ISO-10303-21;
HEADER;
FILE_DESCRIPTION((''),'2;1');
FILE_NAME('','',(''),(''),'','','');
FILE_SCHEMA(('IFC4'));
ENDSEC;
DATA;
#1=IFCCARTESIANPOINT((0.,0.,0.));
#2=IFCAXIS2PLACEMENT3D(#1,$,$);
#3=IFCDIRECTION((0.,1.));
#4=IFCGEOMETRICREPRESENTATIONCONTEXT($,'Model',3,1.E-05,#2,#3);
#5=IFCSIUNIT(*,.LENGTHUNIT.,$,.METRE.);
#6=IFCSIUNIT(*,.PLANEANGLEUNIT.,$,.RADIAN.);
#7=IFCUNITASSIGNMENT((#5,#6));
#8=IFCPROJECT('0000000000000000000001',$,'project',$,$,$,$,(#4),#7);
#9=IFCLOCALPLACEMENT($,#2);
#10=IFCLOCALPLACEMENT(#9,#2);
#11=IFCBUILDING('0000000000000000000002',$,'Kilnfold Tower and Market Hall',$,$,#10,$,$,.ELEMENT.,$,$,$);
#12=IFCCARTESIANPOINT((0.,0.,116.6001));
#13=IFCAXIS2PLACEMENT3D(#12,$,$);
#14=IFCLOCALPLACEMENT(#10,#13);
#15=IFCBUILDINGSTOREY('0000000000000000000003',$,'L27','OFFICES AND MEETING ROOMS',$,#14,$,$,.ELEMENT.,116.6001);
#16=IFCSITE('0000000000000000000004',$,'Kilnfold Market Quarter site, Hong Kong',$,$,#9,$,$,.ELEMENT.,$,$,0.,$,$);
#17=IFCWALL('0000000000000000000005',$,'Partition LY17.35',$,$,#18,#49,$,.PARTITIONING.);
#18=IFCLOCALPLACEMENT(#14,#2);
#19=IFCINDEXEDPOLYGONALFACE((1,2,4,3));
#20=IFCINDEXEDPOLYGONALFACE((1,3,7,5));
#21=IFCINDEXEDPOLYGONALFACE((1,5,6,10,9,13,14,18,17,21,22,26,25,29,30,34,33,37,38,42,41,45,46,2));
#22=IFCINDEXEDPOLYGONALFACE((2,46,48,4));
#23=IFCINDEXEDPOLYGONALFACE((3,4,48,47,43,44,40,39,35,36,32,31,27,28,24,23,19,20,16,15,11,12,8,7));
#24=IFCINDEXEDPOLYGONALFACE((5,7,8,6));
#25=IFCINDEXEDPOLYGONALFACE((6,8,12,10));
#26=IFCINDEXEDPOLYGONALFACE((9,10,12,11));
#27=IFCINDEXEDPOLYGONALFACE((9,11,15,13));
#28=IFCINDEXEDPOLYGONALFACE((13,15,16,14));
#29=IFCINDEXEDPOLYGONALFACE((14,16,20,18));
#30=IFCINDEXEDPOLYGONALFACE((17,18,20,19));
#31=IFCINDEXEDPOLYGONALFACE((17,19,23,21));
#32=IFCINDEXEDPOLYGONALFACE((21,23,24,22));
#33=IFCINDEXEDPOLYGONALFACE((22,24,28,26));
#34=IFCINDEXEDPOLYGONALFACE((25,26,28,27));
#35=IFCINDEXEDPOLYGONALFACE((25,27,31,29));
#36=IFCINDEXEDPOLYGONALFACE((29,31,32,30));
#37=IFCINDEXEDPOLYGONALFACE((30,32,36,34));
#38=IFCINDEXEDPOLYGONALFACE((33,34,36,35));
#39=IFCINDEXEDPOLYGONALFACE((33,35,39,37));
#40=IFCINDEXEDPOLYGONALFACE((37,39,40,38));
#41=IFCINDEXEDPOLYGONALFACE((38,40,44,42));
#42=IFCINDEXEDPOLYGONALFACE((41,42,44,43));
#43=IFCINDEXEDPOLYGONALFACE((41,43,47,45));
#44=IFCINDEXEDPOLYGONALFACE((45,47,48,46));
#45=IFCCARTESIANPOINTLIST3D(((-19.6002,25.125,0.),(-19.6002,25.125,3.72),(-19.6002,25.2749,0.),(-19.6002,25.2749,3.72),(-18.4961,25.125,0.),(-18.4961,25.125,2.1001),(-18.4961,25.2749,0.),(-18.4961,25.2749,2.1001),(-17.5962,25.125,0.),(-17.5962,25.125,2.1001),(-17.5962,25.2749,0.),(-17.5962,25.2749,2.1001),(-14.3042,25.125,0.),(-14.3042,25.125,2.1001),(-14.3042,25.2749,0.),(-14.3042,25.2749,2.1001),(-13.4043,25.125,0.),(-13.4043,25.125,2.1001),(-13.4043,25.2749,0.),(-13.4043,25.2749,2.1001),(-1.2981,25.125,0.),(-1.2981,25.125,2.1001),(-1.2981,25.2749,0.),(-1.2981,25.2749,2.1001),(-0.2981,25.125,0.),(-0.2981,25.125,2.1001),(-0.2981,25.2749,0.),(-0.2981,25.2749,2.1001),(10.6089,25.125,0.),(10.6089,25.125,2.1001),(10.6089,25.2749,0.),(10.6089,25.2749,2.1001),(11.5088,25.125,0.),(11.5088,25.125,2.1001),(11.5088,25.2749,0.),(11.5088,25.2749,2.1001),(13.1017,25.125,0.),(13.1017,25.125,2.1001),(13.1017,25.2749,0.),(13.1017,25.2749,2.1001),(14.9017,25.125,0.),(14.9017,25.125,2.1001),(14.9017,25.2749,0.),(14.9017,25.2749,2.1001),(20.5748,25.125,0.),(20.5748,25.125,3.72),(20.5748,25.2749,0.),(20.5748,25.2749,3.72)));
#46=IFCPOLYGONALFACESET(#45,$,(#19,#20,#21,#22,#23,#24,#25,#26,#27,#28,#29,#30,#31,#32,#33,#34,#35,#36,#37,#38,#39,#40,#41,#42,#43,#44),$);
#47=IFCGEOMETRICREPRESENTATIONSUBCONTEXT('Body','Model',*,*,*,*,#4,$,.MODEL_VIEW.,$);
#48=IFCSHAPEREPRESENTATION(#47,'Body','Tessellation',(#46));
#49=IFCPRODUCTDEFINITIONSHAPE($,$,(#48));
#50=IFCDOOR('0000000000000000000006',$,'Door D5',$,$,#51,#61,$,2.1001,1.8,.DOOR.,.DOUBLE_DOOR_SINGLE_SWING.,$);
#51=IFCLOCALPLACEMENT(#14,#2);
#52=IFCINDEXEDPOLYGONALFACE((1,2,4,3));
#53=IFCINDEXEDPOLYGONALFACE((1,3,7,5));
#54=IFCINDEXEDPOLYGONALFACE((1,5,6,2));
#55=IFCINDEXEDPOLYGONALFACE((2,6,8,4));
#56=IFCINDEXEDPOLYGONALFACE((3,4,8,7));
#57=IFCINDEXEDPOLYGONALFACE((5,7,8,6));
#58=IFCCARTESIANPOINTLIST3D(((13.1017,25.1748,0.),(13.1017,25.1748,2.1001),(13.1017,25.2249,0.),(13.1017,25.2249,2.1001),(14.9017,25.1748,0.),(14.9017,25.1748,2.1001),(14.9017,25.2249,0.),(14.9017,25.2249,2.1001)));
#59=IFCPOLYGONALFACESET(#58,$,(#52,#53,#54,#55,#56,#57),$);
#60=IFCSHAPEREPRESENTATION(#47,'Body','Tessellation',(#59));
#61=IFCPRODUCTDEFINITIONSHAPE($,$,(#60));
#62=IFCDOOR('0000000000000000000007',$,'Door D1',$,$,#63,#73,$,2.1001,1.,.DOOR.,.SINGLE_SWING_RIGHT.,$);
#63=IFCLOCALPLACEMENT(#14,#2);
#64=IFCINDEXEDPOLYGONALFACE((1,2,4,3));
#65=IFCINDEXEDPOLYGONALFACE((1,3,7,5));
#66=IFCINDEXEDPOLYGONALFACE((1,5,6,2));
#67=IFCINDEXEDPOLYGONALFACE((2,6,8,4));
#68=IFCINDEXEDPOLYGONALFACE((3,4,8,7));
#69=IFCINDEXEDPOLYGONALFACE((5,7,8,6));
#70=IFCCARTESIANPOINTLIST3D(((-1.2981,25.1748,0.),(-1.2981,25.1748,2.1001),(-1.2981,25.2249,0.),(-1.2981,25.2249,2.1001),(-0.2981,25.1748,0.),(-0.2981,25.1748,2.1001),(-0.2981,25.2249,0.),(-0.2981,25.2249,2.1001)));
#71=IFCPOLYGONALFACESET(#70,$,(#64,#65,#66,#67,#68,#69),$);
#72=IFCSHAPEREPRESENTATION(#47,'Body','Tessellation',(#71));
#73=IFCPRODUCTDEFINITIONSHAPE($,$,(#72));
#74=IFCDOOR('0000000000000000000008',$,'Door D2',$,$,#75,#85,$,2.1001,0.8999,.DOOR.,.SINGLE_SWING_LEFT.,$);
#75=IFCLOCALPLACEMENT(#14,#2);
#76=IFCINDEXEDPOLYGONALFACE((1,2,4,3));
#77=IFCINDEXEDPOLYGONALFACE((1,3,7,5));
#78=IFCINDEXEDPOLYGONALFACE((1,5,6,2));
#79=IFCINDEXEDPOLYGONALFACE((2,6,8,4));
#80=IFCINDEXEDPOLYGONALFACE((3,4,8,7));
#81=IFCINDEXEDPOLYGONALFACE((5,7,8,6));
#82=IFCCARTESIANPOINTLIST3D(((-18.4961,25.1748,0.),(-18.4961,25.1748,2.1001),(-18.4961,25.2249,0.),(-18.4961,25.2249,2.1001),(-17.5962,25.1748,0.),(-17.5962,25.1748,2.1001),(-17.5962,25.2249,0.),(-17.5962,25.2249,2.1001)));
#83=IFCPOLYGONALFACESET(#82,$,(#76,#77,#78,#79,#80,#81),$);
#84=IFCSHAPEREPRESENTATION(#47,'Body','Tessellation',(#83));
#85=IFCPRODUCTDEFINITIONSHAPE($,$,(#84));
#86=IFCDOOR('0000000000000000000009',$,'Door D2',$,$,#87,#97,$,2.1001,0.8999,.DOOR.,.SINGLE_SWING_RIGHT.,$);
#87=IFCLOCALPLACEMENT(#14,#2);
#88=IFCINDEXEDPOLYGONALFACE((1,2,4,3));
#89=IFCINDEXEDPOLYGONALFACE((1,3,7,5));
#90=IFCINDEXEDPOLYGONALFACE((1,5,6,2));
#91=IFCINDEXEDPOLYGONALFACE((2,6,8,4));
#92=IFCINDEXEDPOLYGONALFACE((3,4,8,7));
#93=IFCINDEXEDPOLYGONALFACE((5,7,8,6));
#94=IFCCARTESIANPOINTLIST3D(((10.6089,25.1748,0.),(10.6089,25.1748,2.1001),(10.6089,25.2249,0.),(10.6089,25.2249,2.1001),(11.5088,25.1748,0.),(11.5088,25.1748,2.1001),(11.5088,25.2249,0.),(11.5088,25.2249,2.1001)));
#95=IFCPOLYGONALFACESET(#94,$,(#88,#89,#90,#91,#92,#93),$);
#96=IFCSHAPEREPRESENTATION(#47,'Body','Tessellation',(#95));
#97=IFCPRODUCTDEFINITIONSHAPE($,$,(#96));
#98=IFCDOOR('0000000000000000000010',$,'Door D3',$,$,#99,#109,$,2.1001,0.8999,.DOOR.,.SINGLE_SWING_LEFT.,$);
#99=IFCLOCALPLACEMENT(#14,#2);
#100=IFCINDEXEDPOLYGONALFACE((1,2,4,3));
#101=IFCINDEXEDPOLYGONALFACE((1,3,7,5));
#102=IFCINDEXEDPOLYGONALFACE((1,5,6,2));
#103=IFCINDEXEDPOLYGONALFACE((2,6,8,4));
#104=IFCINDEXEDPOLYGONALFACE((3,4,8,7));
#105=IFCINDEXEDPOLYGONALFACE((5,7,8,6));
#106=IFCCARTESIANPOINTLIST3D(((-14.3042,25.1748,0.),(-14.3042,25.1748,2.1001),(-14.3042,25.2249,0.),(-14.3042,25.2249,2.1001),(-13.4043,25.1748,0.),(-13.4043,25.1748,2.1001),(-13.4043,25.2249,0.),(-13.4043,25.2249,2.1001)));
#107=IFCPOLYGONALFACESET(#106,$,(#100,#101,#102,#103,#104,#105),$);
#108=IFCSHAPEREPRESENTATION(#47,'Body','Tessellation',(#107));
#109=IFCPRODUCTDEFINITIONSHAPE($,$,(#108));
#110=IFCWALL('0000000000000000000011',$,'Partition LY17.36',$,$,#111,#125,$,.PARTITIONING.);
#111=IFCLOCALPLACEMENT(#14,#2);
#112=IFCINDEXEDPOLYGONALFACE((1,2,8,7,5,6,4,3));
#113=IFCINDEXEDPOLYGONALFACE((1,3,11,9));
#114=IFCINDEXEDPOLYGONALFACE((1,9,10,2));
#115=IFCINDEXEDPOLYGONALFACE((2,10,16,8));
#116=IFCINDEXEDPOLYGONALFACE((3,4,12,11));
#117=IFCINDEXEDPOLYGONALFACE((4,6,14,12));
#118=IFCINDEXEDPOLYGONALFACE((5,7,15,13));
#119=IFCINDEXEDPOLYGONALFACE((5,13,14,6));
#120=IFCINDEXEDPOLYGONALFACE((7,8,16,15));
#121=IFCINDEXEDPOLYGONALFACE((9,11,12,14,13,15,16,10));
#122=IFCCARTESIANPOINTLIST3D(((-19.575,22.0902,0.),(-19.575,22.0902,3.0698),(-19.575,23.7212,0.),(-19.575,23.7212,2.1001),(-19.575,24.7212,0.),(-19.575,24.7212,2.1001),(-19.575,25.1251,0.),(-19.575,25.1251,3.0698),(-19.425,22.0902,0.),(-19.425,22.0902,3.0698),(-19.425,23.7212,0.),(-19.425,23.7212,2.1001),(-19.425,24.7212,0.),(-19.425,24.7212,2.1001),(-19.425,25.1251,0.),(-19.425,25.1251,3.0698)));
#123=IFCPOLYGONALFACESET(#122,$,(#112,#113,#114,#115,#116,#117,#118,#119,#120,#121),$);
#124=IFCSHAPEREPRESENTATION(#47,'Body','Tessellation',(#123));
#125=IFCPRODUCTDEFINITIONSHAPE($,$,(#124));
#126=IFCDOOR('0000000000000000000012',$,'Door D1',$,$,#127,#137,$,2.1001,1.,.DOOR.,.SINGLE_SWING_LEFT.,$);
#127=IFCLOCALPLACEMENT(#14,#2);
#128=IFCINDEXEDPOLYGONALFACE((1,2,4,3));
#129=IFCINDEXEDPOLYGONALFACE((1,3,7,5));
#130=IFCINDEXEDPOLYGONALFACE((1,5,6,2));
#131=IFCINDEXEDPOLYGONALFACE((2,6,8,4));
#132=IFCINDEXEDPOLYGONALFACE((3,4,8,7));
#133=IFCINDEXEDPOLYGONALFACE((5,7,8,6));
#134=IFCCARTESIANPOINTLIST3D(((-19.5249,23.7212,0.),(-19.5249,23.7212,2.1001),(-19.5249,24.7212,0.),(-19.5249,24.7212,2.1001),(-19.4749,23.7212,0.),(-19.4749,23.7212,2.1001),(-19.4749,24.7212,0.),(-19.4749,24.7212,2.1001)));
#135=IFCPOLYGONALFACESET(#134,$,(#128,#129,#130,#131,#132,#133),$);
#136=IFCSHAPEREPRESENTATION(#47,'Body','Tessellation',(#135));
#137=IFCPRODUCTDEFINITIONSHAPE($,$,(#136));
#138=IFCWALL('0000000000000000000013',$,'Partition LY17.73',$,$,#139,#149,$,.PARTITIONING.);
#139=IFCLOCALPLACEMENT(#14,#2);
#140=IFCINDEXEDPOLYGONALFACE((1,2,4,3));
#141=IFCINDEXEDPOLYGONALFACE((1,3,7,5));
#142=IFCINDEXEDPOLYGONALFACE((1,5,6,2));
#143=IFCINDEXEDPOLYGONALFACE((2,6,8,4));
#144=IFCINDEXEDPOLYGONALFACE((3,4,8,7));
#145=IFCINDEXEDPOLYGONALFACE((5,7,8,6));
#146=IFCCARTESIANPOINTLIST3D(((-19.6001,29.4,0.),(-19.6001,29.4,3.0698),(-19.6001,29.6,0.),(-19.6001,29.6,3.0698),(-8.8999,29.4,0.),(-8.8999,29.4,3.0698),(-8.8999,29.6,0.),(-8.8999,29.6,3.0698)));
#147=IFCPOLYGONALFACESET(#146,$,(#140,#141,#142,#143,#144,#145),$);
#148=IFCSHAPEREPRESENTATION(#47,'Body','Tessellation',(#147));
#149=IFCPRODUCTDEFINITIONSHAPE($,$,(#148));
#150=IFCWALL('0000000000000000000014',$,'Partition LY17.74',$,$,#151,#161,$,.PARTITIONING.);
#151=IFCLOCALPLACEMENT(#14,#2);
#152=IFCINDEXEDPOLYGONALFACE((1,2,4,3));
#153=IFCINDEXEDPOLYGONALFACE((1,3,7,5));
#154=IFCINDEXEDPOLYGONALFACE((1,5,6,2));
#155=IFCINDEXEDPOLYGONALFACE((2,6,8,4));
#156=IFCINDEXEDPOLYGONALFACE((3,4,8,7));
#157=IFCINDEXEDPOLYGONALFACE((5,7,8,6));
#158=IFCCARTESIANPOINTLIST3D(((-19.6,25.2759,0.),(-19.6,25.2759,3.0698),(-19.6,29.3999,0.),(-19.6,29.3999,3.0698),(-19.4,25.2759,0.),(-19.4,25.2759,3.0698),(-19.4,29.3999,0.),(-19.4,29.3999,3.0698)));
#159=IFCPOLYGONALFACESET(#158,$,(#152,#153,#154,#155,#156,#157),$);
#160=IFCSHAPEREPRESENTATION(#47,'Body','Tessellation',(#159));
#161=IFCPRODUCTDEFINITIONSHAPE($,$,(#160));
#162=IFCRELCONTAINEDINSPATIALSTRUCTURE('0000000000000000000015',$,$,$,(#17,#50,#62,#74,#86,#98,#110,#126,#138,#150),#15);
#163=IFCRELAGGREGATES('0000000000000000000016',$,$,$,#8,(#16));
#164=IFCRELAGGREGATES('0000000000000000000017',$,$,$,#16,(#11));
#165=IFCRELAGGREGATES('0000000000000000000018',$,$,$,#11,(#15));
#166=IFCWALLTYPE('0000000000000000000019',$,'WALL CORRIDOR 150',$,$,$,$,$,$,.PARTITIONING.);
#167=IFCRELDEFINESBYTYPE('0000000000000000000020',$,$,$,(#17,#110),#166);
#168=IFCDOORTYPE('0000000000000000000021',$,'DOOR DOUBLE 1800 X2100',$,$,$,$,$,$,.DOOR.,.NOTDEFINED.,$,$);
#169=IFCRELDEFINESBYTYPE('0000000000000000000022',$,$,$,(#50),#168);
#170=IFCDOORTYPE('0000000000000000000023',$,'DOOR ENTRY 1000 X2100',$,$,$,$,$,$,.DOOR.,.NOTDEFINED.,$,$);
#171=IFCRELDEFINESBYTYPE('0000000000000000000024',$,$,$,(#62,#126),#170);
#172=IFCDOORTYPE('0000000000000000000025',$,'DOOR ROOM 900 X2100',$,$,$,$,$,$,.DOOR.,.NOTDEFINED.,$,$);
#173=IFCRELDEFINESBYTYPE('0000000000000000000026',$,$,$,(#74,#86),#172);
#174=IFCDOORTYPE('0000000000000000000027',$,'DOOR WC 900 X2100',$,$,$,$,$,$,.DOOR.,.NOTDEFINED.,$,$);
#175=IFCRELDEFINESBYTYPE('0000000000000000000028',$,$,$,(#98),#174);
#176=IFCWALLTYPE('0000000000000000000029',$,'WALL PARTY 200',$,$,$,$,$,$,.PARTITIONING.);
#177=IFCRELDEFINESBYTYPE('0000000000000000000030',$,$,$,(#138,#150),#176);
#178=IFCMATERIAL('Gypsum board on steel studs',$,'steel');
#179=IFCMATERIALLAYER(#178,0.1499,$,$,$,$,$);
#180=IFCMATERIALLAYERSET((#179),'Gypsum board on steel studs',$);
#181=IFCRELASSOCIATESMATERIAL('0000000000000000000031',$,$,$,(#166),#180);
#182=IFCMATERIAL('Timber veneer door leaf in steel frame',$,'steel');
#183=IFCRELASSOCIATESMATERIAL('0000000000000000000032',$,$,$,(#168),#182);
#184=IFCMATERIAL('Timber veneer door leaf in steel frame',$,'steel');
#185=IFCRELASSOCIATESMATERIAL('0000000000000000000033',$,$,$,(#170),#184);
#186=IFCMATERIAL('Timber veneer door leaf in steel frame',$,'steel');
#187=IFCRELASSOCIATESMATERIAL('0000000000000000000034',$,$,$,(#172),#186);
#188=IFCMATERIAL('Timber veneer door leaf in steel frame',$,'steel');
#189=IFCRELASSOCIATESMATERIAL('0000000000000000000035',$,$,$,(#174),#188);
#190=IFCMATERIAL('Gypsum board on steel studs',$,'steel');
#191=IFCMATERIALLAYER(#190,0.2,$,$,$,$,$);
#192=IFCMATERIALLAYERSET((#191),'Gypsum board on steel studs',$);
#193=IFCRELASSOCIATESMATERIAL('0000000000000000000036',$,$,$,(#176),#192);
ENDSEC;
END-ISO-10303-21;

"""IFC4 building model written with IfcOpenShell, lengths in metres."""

from ifc_helpers import new_model, si_unit, direction, frame, frame_2d, origin, place, context, subcontext, project, spatial, rectangle, extrude, material, layer, layer_set, type_object, element, fill, save


model = new_model("IFC4")

# Units and contexts
model_context = context("Model", 3, precision=1e-05, world=origin(), true_north=direction((0.0, 1.0)))
body_context = subcontext(model_context, "Body", "Model", "MODEL_VIEW")
ifc_project = project(units=[si_unit("LENGTHUNIT", "METRE"), si_unit("PLANEANGLEUNIT", "RADIAN")], contexts=[model_context])

# Site, building, storey
site_placement = place(None, origin())
site = spatial("IfcSite", under=ifc_project, at=site_placement, Name="Kilnfold Market Quarter site, Hong Kong", CompositionType="ELEMENT", RefElevation=0.0)
building_placement = place(site_placement, origin())
building = spatial("IfcBuilding", under=site, at=building_placement, Name="Kilnfold Tower and Market Hall", CompositionType="ELEMENT")
storey_placement = place(building_placement, frame((0.0, 0.0, 116.6001)))
storey = spatial("IfcBuildingStorey", under=building, at=storey_placement, Name="L27", Description="OFFICES AND MEETING ROOMS", CompositionType="ELEMENT", Elevation=116.6001)

# Wall, openings, doors
ifc_material_1 = material(Name="Gypsum board on steel studs", Category="steel")
ifc_layer_1 = layer(ifc_material_1, 0.1499)
ifc_layer_set_1 = layer_set([ifc_layer_1], Name="Gypsum board on steel studs")
wall_type_1 = type_object("IfcWallType", Name="WALL CORRIDOR 150", PredefinedType="PARTITIONING", material=ifc_layer_set_1)
wall_1_placement = place(storey_placement, frame((-19.6001, 25.2, 0.0), z_axis=(0.0, 0.0, 1.0), x_axis=(1.0, 0.0, 0.0)))
wall_1 = element("IfcWall", 1, at=wall_1_placement, inside=storey, type_object=wall_type_1, Name="Partition LY17.35", PredefinedType="PARTITIONING", context=body_context, shape_type="SweptSolid", body=[
    extrude(rectangle(XDim=40.175, YDim=0.1499, at=frame_2d((20.0874, 0.0))), origin(), (0.0, 0.0, 1.0), 3.72),
])
opening_1_placement = place(wall_1_placement, frame((1.104, 0.0, 0.0)))
opening_1 = element("IfcOpeningElement", 2, at=opening_1_placement, cuts=wall_1, PredefinedType="OPENING", context=body_context, shape_type="SweptSolid", body=[
    extrude(rectangle(XDim=0.8999, YDim=2.1001, at=frame_2d((0.45, 1.05))), frame((0.0, 0.085, 0.0), z_axis=(0.0, -1.0, 0.0), x_axis=(1.0, 0.0, 0.0)), (0.0, 0.0, 1.0), 0.1699),
])
opening_2_placement = place(wall_1_placement, frame((5.2959, 0.0, 0.0)))
opening_2 = element("IfcOpeningElement", 3, at=opening_2_placement, cuts=wall_1, PredefinedType="OPENING", context=body_context, shape_type="SweptSolid", body=[
    extrude(rectangle(XDim=0.8999, YDim=2.1001, at=frame_2d((0.45, 1.05))), frame((0.0, 0.085, 0.0), z_axis=(0.0, -1.0, 0.0), x_axis=(1.0, 0.0, 0.0)), (0.0, 0.0, 1.0), 0.1699),
])
opening_3_placement = place(wall_1_placement, frame((18.302, 0.0, 0.0)))
opening_3 = element("IfcOpeningElement", 4, at=opening_3_placement, cuts=wall_1, PredefinedType="OPENING", context=body_context, shape_type="SweptSolid", body=[
    extrude(rectangle(XDim=1.0, YDim=2.1001, at=frame_2d((0.5, 1.05))), frame((0.0, 0.085, 0.0), z_axis=(0.0, -1.0, 0.0), x_axis=(1.0, 0.0, 0.0)), (0.0, 0.0, 1.0), 0.1699),
])
opening_4_placement = place(wall_1_placement, frame((30.209, 0.0, 0.0)))
opening_4 = element("IfcOpeningElement", 5, at=opening_4_placement, cuts=wall_1, PredefinedType="OPENING", context=body_context, shape_type="SweptSolid", body=[
    extrude(rectangle(XDim=0.8999, YDim=2.1001, at=frame_2d((0.45, 1.05))), frame((0.0, 0.085, 0.0), z_axis=(0.0, -1.0, 0.0), x_axis=(1.0, 0.0, 0.0)), (0.0, 0.0, 1.0), 0.1699),
])
opening_5_placement = place(wall_1_placement, frame((32.7019, 0.0, 0.0)))
opening_5 = element("IfcOpeningElement", 6, at=opening_5_placement, cuts=wall_1, PredefinedType="OPENING", context=body_context, shape_type="SweptSolid", body=[
    extrude(rectangle(XDim=1.8, YDim=2.1001, at=frame_2d((0.8999, 1.05))), frame((0.0, 0.085, 0.0), z_axis=(0.0, -1.0, 0.0), x_axis=(1.0, 0.0, 0.0)), (0.0, 0.0, 1.0), 0.1699),
])
ifc_material_2 = material(Name="Timber veneer door leaf in steel frame", Category="steel")
door_type_1 = type_object("IfcDoorType", Name="DOOR DOUBLE 1800 X2100", OperationType="NOTDEFINED", PredefinedType="DOOR", material=ifc_material_2)
door_1_placement = place(opening_5_placement, origin())
door_1 = element("IfcDoor", 7, at=door_1_placement, inside=storey, type_object=door_type_1, Name="Door D5", OperationType="DOUBLE_DOOR_SINGLE_SWING", OverallHeight=2.1001, OverallWidth=1.8, PredefinedType="DOOR", context=body_context, shape_type="SweptSolid", body=[
    extrude(rectangle(XDim=1.8, YDim=2.1001, at=frame_2d((0.8999, 1.05))), frame((0.0, 0.0249, 0.0), z_axis=(0.0, -1.0, 0.0), x_axis=(1.0, 0.0, 0.0)), (0.0, 0.0, 1.0), 0.05),
])
fill(opening_5, door_1)
ifc_material_3 = material(Name="Timber veneer door leaf in steel frame", Category="steel")
door_type_2 = type_object("IfcDoorType", Name="DOOR ENTRY 1000 X2100", OperationType="NOTDEFINED", PredefinedType="DOOR", material=ifc_material_3)
door_2_placement = place(opening_3_placement, origin())
door_2 = element("IfcDoor", 8, at=door_2_placement, inside=storey, type_object=door_type_2, Name="Door D1", OperationType="SINGLE_SWING_RIGHT", OverallHeight=2.1001, OverallWidth=1.0, PredefinedType="DOOR", context=body_context, shape_type="SweptSolid", body=[
    extrude(rectangle(XDim=1.0, YDim=2.1001, at=frame_2d((0.5, 1.05))), frame((0.0, 0.0249, 0.0), z_axis=(0.0, -1.0, 0.0), x_axis=(1.0, 0.0, 0.0)), (0.0, 0.0, 1.0), 0.05),
])
fill(opening_3, door_2)
ifc_material_4 = material(Name="Timber veneer door leaf in steel frame", Category="steel")
door_type_3 = type_object("IfcDoorType", Name="DOOR ROOM 900 X2100", OperationType="NOTDEFINED", PredefinedType="DOOR", material=ifc_material_4)
door_3_placement = place(opening_1_placement, origin())
door_3 = element("IfcDoor", 9, at=door_3_placement, inside=storey, type_object=door_type_3, Name="Door D2", OperationType="SINGLE_SWING_LEFT", OverallHeight=2.1001, OverallWidth=0.8999, PredefinedType="DOOR", context=body_context, shape_type="SweptSolid", body=[
    extrude(rectangle(XDim=0.8999, YDim=2.1001, at=frame_2d((0.45, 1.05))), frame((0.0, 0.0249, 0.0), z_axis=(0.0, -1.0, 0.0), x_axis=(1.0, 0.0, 0.0)), (0.0, 0.0, 1.0), 0.05),
])
fill(opening_1, door_3)
door_4_placement = place(opening_4_placement, origin())
door_4 = element("IfcDoor", 10, at=door_4_placement, inside=storey, type_object=door_type_3, Name="Door D2", OperationType="SINGLE_SWING_RIGHT", OverallHeight=2.1001, OverallWidth=0.8999, PredefinedType="DOOR", context=body_context, shape_type="SweptSolid", body=[
    extrude(rectangle(XDim=0.8999, YDim=2.1001, at=frame_2d((0.45, 1.05))), frame((0.0, 0.0249, 0.0), z_axis=(0.0, -1.0, 0.0), x_axis=(1.0, 0.0, 0.0)), (0.0, 0.0, 1.0), 0.05),
])
fill(opening_4, door_4)
ifc_material_5 = material(Name="Timber veneer door leaf in steel frame", Category="steel")
door_type_4 = type_object("IfcDoorType", Name="DOOR WC 900 X2100", OperationType="NOTDEFINED", PredefinedType="DOOR", material=ifc_material_5)
door_5_placement = place(opening_2_placement, origin())
door_5 = element("IfcDoor", 11, at=door_5_placement, inside=storey, type_object=door_type_4, Name="Door D3", OperationType="SINGLE_SWING_LEFT", OverallHeight=2.1001, OverallWidth=0.8999, PredefinedType="DOOR", context=body_context, shape_type="SweptSolid", body=[
    extrude(rectangle(XDim=0.8999, YDim=2.1001, at=frame_2d((0.45, 1.05))), frame((0.0, 0.0249, 0.0), z_axis=(0.0, -1.0, 0.0), x_axis=(1.0, 0.0, 0.0)), (0.0, 0.0, 1.0), 0.05),
])
fill(opening_2, door_5)

# Wall, opening, door
wall_2_placement = place(storey_placement, frame((-19.5, 22.0901, 0.0), z_axis=(0.0, 0.0, 1.0), x_axis=(0.0, 1.0, 0.0)))
wall_2 = element("IfcWall", 12, at=wall_2_placement, inside=storey, type_object=wall_type_1, Name="Partition LY17.36", PredefinedType="PARTITIONING", context=body_context, shape_type="SweptSolid", body=[
    extrude(rectangle(XDim=3.0349, YDim=0.1499, at=frame_2d((1.5176, 0.0))), origin(), (0.0, 0.0, 1.0), 3.0698),
])
opening_6_placement = place(wall_2_placement, frame((1.6311, 0.0, 0.0)))
opening_6 = element("IfcOpeningElement", 13, at=opening_6_placement, cuts=wall_2, PredefinedType="OPENING", context=body_context, shape_type="SweptSolid", body=[
    extrude(rectangle(XDim=1.0, YDim=2.1001, at=frame_2d((0.5, 1.05))), frame((0.0, 0.085, 0.0), z_axis=(0.0, -1.0, 0.0), x_axis=(1.0, 0.0, 0.0)), (0.0, 0.0, 1.0), 0.1699),
])
door_6_placement = place(opening_6_placement, origin())
door_6 = element("IfcDoor", 14, at=door_6_placement, inside=storey, type_object=door_type_2, Name="Door D1", OperationType="SINGLE_SWING_LEFT", OverallHeight=2.1001, OverallWidth=1.0, PredefinedType="DOOR", context=body_context, shape_type="SweptSolid", body=[
    extrude(rectangle(XDim=1.0, YDim=2.1001, at=frame_2d((0.5, 1.05))), frame((0.0, 0.0249, 0.0), z_axis=(0.0, -1.0, 0.0), x_axis=(1.0, 0.0, 0.0)), (0.0, 0.0, 1.0), 0.05),
])
fill(opening_6, door_6)

# Walls
ifc_material_6 = material(Name="Gypsum board on steel studs", Category="steel")
ifc_layer_2 = layer(ifc_material_6, 0.2)
ifc_layer_set_2 = layer_set([ifc_layer_2], Name="Gypsum board on steel studs")
wall_type_2 = type_object("IfcWallType", Name="WALL PARTY 200", PredefinedType="PARTITIONING", material=ifc_layer_set_2)
wall_3_placement = place(storey_placement, frame((-19.6001, 29.5, 0.0), z_axis=(0.0, 0.0, 1.0), x_axis=(1.0, 0.0, 0.0)))
element("IfcWall", 15, at=wall_3_placement, inside=storey, type_object=wall_type_2, Name="Partition LY17.73", PredefinedType="PARTITIONING", context=body_context, shape_type="SweptSolid", body=[
    extrude(rectangle(XDim=10.7002, YDim=0.2, at=frame_2d((5.3501, 0.0))), origin(), (0.0, 0.0, 1.0), 3.0698),
])
wall_4_placement = place(storey_placement, frame((-19.5, 29.3999, 0.0), z_axis=(0.0, 0.0, 1.0), x_axis=(0.0, -1.0, 0.0)))
element("IfcWall", 16, at=wall_4_placement, inside=storey, type_object=wall_type_2, Name="Partition LY17.74", PredefinedType="PARTITIONING", context=body_context, shape_type="SweptSolid", body=[
    extrude(rectangle(XDim=4.124, YDim=0.2, at=frame_2d((2.062, 0.0))), origin(), (0.0, 0.0, 1.0), 3.0698),
])

save(model, "model.ifc")
